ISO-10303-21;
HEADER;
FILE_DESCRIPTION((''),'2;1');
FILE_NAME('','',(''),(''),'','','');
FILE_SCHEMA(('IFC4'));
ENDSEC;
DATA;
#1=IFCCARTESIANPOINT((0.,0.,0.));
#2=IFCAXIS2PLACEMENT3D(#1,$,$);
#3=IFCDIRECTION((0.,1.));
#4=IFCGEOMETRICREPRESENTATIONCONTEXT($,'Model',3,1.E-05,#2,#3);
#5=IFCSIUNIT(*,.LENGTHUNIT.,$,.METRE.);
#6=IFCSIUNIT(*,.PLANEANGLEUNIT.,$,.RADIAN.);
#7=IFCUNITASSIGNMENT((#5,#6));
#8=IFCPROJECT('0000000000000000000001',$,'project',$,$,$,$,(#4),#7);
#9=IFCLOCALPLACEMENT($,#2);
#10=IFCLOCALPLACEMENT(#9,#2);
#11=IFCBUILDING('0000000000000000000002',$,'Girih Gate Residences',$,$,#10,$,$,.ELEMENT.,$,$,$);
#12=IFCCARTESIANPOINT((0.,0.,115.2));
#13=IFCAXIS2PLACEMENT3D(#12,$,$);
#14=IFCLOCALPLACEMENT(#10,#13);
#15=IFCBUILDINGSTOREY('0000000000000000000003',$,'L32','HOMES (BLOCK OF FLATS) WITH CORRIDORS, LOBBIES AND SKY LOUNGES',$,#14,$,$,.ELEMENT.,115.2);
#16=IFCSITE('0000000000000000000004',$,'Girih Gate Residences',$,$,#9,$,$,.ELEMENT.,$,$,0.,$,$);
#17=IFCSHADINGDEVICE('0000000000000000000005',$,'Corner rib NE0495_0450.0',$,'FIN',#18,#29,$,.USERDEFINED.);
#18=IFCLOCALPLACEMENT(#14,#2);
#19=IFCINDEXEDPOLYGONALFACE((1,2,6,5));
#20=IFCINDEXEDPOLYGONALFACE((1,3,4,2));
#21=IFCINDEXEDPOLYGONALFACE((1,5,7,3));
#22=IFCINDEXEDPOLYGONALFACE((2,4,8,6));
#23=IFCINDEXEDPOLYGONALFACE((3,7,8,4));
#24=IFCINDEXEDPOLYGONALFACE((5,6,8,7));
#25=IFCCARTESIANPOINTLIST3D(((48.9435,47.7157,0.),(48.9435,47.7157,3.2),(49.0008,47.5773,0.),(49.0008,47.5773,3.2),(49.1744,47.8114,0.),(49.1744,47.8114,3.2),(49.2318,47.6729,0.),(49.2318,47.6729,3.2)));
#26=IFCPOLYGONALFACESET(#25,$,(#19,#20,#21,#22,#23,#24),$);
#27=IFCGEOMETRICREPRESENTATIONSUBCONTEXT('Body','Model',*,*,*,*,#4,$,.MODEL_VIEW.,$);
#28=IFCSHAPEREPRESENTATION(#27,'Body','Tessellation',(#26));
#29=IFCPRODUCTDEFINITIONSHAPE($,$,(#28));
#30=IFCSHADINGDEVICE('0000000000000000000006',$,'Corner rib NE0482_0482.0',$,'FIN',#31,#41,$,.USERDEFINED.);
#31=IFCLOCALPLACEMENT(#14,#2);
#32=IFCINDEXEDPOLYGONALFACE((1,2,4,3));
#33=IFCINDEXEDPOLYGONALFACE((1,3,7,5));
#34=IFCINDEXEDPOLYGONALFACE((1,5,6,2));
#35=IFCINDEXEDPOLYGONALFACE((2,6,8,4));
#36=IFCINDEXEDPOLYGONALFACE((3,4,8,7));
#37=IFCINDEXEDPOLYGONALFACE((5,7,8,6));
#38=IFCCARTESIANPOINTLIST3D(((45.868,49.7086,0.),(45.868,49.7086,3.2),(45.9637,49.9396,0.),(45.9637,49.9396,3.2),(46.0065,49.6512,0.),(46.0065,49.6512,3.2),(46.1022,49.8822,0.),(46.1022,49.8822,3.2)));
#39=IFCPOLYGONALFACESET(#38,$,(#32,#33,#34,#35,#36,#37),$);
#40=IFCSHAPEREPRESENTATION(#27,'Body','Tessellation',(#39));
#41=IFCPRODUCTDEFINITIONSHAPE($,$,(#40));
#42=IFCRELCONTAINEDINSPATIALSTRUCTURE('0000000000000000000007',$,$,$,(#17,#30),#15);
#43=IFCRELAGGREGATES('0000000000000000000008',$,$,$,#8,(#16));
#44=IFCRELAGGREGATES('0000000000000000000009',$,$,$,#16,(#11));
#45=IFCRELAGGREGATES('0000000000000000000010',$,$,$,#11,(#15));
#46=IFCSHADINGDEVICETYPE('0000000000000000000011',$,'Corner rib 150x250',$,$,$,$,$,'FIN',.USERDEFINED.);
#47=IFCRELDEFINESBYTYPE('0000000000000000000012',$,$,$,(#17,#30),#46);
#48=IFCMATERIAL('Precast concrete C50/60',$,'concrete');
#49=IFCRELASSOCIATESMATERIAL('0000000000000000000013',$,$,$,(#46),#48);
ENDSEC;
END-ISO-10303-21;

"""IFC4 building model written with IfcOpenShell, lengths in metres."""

from ifc_helpers import new_model, si_unit, direction, frame, origin, origin_2d, place, context, subcontext, project, spatial, rectangle, extrude, material, type_object, element, save


model = new_model("IFC4")

# Units and contexts
model_context = context("Model", 3, precision=1e-05, world=origin(), true_north=direction((0.0, 1.0)))
body_context = subcontext(model_context, "Body", "Model", "MODEL_VIEW")
ifc_project = project(units=[si_unit("LENGTHUNIT", "METRE"), si_unit("PLANEANGLEUNIT", "RADIAN")], contexts=[model_context])

# Site, building, storey
site_placement = place(None, origin())
site = spatial("IfcSite", under=ifc_project, at=site_placement, Name="Girih Gate Residences", CompositionType="ELEMENT", RefElevation=0.0)
building_placement = place(site_placement, origin())
building = spatial("IfcBuilding", under=site, at=building_placement, Name="Girih Gate Residences", CompositionType="ELEMENT")
storey_placement = place(building_placement, frame((0.0, 0.0, 115.2)))
storey = spatial("IfcBuildingStorey", under=building, at=storey_placement, Name="L32", Description="HOMES (BLOCK OF FLATS) WITH CORRIDORS, LOBBIES AND SKY LOUNGES", CompositionType="ELEMENT", Elevation=115.2)

# Shared definitions
ifc_material_1 = material(Name="Precast concrete C50/60", Category="concrete")

# Shading devices
shading_device_type = type_object("IfcShadingDeviceType", Name="Corner rib 150x250", ElementType="FIN", PredefinedType="USERDEFINED", material=ifc_material_1)
for number, where, z_axis, x_axis, name in (
    (1, (49.0876, 47.6943, 0.0), (0.0, 0.0, 1.0), (-0.382683, 0.92388, 0.0), "Corner rib NE0495_0450.0"),
    (2, (45.9851, 49.7954, 0.0), (0.0, 0.0, 1.0), (-0.92388, 0.382683, 0.0), "Corner rib NE0482_0482.0"),
):
    element("IfcShadingDevice", number, at=place(storey_placement, frame(where, z_axis=z_axis, x_axis=x_axis)), inside=storey, type_object=shading_device_type, Name=name, ObjectType="FIN", PredefinedType="USERDEFINED", context=body_context, shape_type="SweptSolid", body=[
        extrude(rectangle(XDim=0.1499, YDim=0.25, at=origin_2d()), origin(), (0.0, 0.0, 1.0), 3.2),
    ])

save(model, "model.ifc")
